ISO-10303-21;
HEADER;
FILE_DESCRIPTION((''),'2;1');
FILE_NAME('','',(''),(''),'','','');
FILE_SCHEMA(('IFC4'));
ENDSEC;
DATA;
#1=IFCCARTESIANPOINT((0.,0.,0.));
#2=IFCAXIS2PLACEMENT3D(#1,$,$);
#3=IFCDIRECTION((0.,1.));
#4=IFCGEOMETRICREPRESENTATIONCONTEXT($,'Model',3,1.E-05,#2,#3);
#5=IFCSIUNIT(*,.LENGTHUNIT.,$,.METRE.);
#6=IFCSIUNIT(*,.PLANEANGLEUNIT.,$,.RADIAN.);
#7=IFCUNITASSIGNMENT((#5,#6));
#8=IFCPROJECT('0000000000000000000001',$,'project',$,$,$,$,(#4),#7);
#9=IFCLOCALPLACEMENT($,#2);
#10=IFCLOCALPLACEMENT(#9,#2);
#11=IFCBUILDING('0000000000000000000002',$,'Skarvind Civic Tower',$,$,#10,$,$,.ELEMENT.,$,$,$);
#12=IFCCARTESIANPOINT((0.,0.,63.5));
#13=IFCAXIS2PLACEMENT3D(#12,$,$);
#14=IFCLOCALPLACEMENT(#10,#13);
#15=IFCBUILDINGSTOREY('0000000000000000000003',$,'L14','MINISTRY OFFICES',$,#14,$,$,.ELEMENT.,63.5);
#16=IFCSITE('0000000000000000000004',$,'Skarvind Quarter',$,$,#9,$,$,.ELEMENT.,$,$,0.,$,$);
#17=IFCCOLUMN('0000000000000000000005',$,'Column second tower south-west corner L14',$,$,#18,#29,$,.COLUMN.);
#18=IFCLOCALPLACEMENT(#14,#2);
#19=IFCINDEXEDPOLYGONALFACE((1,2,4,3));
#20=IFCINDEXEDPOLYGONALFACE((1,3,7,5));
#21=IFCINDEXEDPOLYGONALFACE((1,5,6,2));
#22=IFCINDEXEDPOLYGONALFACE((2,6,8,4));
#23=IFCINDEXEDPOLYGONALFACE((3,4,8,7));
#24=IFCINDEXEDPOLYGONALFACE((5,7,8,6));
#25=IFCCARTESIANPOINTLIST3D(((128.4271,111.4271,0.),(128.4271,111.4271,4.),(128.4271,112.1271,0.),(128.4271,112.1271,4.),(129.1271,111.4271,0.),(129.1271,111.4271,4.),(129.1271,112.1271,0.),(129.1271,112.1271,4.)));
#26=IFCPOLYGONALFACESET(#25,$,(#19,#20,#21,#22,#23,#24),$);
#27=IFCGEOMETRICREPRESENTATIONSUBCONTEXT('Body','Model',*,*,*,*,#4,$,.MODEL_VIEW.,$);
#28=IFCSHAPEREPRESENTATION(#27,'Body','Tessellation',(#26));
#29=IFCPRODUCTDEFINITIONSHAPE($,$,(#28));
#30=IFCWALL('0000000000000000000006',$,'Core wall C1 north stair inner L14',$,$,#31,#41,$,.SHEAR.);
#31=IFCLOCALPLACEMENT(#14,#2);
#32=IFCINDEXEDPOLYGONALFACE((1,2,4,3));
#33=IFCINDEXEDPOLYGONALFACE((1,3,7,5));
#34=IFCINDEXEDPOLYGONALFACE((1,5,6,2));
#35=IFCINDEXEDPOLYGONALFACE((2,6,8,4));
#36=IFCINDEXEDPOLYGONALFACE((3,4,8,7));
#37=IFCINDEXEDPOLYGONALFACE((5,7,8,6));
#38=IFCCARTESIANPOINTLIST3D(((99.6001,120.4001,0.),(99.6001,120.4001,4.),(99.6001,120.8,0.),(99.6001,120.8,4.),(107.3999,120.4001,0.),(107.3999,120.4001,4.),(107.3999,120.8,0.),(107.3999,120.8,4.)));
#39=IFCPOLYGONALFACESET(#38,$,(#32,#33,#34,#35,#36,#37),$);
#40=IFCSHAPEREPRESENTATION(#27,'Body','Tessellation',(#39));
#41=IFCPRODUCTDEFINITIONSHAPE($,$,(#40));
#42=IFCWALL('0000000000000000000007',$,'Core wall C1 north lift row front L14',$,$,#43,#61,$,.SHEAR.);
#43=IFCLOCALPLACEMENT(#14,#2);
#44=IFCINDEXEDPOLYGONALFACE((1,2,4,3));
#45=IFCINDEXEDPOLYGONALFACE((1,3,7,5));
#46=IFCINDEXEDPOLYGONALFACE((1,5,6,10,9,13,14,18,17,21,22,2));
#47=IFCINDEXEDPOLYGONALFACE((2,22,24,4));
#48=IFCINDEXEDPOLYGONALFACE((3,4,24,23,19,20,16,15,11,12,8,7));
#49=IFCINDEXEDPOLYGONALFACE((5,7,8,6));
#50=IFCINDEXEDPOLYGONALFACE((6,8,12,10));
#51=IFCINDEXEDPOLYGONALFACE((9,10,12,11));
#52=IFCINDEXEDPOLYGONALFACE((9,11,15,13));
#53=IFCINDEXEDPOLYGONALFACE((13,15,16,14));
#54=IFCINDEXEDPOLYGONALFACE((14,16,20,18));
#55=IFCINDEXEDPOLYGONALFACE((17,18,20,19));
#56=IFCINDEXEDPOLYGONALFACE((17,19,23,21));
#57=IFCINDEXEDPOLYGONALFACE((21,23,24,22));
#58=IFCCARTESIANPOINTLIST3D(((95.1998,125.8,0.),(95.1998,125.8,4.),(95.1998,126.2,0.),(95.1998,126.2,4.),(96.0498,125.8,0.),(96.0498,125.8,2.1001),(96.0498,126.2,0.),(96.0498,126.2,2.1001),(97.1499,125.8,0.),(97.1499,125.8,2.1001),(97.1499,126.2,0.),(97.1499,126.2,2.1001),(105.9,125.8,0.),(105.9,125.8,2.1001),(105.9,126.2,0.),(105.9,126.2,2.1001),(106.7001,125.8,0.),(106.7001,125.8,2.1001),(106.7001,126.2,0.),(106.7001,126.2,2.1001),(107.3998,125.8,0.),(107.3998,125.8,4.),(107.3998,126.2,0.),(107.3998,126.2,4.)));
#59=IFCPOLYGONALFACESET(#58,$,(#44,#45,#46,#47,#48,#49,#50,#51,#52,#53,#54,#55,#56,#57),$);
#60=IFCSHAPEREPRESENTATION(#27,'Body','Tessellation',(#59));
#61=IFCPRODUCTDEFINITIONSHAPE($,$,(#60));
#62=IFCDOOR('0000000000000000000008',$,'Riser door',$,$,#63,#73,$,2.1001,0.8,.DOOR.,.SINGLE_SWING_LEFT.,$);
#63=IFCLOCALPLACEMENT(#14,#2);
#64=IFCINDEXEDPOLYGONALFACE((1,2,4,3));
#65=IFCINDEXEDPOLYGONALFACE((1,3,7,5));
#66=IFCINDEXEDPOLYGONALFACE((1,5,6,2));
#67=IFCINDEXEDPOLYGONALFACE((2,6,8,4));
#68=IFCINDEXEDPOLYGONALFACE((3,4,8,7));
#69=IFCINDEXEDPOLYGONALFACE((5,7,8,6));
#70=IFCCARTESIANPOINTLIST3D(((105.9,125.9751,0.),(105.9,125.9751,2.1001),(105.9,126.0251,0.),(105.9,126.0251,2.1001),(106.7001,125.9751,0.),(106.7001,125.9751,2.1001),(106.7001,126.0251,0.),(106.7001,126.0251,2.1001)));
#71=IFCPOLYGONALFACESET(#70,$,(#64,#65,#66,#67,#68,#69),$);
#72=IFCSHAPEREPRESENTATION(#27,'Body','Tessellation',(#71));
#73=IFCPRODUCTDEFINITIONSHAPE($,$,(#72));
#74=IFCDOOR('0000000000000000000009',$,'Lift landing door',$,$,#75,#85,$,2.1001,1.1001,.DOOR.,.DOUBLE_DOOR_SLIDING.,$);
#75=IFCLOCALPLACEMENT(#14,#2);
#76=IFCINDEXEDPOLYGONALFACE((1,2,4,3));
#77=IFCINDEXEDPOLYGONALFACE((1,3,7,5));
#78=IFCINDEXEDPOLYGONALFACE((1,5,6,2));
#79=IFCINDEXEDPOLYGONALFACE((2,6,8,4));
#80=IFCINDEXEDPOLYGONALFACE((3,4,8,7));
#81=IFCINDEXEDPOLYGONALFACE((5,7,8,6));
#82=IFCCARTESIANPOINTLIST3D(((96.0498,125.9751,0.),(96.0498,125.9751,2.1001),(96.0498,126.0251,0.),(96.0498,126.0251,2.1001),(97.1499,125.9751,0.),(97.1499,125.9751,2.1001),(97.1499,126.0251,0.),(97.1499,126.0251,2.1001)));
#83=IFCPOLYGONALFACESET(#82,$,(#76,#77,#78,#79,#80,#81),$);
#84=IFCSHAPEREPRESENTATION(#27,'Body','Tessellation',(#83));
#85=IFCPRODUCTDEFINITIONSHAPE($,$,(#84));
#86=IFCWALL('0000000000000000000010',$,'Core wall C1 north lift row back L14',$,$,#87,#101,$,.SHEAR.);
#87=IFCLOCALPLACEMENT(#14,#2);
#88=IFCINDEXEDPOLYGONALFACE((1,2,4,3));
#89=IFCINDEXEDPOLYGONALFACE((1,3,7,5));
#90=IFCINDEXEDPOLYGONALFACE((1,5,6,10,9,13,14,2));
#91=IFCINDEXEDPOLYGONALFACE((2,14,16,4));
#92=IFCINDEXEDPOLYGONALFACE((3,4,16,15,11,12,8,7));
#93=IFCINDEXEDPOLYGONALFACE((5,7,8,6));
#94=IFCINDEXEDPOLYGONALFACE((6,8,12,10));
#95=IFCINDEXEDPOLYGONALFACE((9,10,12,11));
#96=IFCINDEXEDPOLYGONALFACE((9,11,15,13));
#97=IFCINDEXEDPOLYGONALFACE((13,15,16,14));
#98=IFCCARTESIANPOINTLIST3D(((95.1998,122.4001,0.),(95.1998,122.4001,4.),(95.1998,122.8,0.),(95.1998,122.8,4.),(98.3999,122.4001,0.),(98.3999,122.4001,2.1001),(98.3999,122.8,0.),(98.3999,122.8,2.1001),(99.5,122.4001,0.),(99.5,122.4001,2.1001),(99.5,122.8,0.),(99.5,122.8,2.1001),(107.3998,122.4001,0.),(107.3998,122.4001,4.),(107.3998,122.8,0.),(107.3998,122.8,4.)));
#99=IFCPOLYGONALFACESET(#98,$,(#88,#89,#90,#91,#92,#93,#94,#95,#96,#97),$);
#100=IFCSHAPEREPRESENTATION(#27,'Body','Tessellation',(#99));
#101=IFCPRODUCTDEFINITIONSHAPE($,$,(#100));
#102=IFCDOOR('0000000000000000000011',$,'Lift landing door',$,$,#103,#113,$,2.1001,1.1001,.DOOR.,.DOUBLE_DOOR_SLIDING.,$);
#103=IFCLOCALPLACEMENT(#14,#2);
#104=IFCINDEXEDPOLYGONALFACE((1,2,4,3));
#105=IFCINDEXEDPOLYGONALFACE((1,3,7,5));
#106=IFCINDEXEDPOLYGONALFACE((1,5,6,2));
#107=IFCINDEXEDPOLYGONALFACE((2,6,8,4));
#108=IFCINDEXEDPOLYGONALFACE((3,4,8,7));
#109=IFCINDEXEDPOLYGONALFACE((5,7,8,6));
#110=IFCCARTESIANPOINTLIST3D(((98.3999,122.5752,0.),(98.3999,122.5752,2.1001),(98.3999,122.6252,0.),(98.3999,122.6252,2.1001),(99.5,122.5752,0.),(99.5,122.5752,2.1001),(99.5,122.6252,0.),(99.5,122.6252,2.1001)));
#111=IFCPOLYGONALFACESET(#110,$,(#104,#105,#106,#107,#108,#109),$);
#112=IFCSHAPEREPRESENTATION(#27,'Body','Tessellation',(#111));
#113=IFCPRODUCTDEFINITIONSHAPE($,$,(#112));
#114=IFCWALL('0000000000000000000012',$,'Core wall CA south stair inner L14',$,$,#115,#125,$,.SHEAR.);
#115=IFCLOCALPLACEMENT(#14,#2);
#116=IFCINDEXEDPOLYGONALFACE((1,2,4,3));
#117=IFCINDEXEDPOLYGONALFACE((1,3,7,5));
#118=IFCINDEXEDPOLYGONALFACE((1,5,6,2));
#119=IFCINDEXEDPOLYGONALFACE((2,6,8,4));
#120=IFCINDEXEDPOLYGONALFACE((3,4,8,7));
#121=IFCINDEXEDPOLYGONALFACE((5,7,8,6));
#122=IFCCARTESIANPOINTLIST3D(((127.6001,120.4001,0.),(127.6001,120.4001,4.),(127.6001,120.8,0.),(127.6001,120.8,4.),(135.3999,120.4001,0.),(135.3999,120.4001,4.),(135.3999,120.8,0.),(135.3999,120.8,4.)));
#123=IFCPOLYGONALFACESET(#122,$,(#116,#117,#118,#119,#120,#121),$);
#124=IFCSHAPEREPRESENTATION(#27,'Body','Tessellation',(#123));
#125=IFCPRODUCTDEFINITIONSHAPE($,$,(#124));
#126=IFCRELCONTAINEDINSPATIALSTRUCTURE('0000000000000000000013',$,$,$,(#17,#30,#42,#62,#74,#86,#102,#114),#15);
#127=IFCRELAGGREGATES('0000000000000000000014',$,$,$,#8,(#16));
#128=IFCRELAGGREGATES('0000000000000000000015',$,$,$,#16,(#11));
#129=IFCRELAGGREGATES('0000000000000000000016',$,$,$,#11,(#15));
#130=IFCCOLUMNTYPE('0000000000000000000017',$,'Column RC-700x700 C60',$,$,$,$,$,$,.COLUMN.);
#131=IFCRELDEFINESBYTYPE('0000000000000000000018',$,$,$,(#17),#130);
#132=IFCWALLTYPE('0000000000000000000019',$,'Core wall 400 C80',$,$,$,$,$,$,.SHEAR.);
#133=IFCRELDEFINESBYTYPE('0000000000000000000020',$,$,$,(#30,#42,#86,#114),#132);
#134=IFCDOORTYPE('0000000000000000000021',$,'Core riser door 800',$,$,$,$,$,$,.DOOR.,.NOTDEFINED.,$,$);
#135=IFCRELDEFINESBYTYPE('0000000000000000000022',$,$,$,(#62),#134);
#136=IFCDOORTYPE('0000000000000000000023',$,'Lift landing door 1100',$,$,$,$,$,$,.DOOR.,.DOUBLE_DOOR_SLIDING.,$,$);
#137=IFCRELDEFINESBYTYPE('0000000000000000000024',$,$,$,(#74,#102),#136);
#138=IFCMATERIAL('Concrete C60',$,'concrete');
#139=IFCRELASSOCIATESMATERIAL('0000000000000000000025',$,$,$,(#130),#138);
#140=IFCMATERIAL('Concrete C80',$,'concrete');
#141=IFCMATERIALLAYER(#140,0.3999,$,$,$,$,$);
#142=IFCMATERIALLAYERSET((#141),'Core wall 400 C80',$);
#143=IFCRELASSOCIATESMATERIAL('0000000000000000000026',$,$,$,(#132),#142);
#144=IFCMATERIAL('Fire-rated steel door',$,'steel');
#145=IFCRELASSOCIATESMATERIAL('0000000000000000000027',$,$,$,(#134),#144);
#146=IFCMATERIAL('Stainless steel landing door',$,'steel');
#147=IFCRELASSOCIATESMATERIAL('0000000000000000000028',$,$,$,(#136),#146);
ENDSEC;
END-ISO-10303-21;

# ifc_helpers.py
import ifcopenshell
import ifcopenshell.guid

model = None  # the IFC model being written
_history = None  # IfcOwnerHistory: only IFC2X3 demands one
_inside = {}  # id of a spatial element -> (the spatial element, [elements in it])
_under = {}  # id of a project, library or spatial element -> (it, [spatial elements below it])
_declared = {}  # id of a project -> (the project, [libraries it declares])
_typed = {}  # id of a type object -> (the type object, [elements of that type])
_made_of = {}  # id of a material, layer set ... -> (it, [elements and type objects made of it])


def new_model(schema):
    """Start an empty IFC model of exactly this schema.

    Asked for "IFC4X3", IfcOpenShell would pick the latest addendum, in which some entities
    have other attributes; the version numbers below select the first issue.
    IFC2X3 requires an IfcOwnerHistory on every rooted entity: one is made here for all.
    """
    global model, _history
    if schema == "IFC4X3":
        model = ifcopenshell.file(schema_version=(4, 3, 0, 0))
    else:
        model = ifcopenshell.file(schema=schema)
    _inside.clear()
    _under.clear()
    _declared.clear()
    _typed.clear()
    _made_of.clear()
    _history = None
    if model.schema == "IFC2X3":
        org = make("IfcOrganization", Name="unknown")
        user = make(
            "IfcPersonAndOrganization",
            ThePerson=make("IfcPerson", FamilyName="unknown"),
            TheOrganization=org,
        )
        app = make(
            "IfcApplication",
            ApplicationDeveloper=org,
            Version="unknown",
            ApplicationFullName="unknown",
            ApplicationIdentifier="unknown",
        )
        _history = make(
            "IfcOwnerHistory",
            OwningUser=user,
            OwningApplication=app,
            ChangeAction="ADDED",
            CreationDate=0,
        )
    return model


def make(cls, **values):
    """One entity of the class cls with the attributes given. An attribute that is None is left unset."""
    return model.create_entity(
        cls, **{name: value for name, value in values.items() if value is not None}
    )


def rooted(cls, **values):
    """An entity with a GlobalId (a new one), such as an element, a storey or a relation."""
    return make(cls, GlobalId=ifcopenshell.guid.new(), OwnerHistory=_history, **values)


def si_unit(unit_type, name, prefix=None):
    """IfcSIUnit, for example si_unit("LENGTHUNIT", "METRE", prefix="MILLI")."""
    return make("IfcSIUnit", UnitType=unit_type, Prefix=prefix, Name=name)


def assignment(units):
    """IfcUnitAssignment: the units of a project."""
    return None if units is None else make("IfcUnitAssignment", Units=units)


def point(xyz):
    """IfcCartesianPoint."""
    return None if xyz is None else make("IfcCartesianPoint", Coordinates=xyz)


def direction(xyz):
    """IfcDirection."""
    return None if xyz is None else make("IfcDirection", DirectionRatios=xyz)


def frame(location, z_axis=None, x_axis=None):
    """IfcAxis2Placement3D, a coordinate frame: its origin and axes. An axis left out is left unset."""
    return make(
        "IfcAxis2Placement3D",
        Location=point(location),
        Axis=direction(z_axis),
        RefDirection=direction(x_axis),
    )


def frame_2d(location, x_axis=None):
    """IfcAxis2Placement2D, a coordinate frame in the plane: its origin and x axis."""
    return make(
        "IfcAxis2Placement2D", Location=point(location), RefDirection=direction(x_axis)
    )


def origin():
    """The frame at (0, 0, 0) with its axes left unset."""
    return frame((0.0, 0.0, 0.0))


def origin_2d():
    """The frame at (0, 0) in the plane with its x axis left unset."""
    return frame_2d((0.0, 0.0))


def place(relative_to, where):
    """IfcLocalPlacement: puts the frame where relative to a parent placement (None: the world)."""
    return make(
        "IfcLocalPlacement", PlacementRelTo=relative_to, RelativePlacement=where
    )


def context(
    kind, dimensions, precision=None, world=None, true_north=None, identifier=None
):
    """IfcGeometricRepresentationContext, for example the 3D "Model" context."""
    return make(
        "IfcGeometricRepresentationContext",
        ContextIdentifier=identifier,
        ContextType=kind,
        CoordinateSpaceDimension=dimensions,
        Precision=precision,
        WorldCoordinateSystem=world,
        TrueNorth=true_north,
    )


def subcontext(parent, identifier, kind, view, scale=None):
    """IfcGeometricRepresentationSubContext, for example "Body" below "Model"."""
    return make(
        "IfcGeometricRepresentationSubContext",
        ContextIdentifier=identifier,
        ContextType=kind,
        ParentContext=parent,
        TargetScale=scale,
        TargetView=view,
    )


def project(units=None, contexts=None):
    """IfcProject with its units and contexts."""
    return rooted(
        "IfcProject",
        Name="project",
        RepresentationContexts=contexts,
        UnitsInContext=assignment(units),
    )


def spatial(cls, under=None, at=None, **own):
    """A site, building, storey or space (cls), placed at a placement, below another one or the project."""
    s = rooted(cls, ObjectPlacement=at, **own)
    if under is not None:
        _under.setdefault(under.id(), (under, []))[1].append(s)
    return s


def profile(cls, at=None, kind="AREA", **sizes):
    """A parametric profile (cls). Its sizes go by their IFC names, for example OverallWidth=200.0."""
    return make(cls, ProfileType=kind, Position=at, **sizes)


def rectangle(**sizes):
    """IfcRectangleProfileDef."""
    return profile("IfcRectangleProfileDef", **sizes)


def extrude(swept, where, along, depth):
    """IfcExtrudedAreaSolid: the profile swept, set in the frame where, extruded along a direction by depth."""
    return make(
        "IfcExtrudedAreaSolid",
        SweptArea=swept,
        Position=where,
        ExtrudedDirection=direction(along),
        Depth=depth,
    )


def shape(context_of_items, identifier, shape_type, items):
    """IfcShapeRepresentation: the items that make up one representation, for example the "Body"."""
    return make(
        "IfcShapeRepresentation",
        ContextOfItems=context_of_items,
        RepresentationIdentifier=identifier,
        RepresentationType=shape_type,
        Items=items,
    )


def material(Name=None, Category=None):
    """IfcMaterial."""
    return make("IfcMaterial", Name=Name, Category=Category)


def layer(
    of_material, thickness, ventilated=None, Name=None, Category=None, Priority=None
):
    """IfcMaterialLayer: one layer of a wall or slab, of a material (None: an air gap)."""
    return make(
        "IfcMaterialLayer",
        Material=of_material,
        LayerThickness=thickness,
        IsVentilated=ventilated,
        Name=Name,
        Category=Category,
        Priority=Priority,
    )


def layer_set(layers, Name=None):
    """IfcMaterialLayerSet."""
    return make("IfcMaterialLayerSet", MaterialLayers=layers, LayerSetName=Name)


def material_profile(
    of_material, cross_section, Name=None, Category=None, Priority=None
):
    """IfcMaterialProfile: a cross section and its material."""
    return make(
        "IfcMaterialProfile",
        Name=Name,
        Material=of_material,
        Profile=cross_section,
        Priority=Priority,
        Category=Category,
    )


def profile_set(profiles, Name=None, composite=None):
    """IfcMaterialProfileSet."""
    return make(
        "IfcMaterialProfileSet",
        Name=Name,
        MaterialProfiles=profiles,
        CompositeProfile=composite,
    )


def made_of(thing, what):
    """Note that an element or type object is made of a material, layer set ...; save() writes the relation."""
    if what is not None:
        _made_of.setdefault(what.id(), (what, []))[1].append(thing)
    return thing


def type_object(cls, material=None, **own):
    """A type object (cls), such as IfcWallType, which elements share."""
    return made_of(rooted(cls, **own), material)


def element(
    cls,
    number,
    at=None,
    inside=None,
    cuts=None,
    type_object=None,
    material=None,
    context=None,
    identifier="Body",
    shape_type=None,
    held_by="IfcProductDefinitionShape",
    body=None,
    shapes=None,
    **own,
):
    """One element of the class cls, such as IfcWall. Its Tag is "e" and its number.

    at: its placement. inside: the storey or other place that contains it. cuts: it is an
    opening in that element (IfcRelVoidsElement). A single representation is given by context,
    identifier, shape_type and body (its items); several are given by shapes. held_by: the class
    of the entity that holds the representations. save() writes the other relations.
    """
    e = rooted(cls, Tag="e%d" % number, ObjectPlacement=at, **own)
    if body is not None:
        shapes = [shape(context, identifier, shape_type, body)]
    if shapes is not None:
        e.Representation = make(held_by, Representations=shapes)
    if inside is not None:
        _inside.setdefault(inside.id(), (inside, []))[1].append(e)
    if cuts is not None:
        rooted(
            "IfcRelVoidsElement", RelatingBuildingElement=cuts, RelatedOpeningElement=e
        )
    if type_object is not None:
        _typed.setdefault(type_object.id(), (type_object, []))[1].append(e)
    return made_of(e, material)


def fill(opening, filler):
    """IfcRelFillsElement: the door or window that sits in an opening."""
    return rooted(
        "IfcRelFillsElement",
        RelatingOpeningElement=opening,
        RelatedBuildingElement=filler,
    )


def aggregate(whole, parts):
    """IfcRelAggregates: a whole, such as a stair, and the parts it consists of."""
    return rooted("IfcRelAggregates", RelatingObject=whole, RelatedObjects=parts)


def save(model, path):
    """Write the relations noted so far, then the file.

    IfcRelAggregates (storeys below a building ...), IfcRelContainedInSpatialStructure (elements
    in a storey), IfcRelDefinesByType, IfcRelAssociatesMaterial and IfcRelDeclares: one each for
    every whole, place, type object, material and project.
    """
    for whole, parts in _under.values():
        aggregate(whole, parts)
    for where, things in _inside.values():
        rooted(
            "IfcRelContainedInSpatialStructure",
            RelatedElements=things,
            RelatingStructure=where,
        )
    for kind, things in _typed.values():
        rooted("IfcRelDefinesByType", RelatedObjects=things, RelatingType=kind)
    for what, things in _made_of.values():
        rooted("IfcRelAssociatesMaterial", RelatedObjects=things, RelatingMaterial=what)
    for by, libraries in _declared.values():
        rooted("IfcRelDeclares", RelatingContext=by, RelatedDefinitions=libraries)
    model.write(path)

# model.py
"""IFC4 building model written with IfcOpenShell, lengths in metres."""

from ifc_helpers import new_model, si_unit, direction, frame, frame_2d, origin, origin_2d, place, context, subcontext, project, spatial, rectangle, extrude, material, layer, layer_set, material_profile, profile_set, type_object, element, fill, save


model = new_model("IFC4")

# Units and contexts
model_context = context("Model", 3, precision=1e-05, world=origin(), true_north=direction((0.0, 1.0)))
body_context = subcontext(model_context, "Body", "Model", "MODEL_VIEW")
ifc_project = project(units=[si_unit("LENGTHUNIT", "METRE"), si_unit("PLANEANGLEUNIT", "RADIAN")], contexts=[model_context])

# Site, building, storey
site_placement = place(None, origin())
site = spatial("IfcSite", under=ifc_project, at=site_placement, Name="Skarvind Quarter", CompositionType="ELEMENT", RefElevation=0.0)
building_placement = place(site_placement, origin())
building = spatial("IfcBuilding", under=site, at=building_placement, Name="Skarvind Civic Tower", CompositionType="ELEMENT")
storey_placement = place(building_placement, frame((0.0, 0.0, 63.5)))
storey = spatial("IfcBuildingStorey", under=building, at=storey_placement, Name="L14", Description="MINISTRY OFFICES", CompositionType="ELEMENT", Elevation=63.5)

# Column
ifc_material_1 = material(Name="Concrete C60", Category="concrete")
ifc_material_profile = material_profile(ifc_material_1, rectangle(XDim=0.7, YDim=0.7, at=origin_2d()), Name="RC-700x700")
ifc_profile_set = profile_set([ifc_material_profile], Name="Concrete C60")
column_type = type_object("IfcColumnType", Name="Column RC-700x700 C60", PredefinedType="COLUMN", material=ifc_profile_set)
column_placement = place(storey_placement, frame((128.7771, 111.7771, 0.0), z_axis=(0.0, 0.0, 1.0), x_axis=(1.0, 0.0, 0.0)))
element("IfcColumn", 1, at=column_placement, inside=storey, type_object=column_type, Name="Column second tower south-west corner L14", PredefinedType="COLUMN", context=body_context, shape_type="SweptSolid", body=[
    extrude(rectangle(XDim=0.7, YDim=0.7, at=origin_2d()), origin(), (0.0, 0.0, 1.0), 4.0),
])

# Wall
ifc_material_2 = material(Name="Concrete C80", Category="concrete")
ifc_layer_1 = layer(ifc_material_2, 0.3999)
ifc_layer_set_1 = layer_set([ifc_layer_1], Name="Core wall 400 C80")
wall_type_1 = type_object("IfcWallType", Name="Core wall 400 C80", PredefinedType="SHEAR", material=ifc_layer_set_1)
wall_1_placement = place(storey_placement, frame((107.3999, 120.6001, 0.0), z_axis=(0.0, 0.0, 1.0), x_axis=(-1.0, 0.0, 0.0)))
element("IfcWall", 2, at=wall_1_placement, inside=storey, type_object=wall_type_1, Name="Core wall C1 north stair inner L14", PredefinedType="SHEAR", context=body_context, shape_type="SweptSolid", body=[
    extrude(rectangle(XDim=7.7998, YDim=0.3999, at=frame_2d((3.8999, 0.0))), origin(), (0.0, 0.0, 1.0), 4.0),
])

# Wall, openings, doors
wall_2_placement = place(storey_placement, frame((107.3999, 126.0, 0.0), z_axis=(0.0, 0.0, 1.0), x_axis=(-1.0, 0.0, 0.0)))
wall_2 = element("IfcWall", 3, at=wall_2_placement, inside=storey, type_object=wall_type_1, Name="Core wall C1 north lift row front L14", PredefinedType="SHEAR", context=body_context, shape_type="SweptSolid", body=[
    extrude(rectangle(XDim=12.2, YDim=0.3999, at=frame_2d((6.1001, 0.0))), origin(), (0.0, 0.0, 1.0), 4.0),
])
opening_1_placement = place(wall_2_placement, frame((10.25, 0.0, 0.0)))
opening_1 = element("IfcOpeningElement", 4, at=opening_1_placement, cuts=wall_2, PredefinedType="OPENING", context=body_context, shape_type="SweptSolid", body=[
    extrude(rectangle(XDim=1.1001, YDim=2.1001, at=frame_2d((0.55, 1.05))), frame((0.0, 0.21, 0.0), z_axis=(0.0, -1.0, 0.0), x_axis=(1.0, 0.0, 0.0)), (0.0, 0.0, 1.0), 0.4199),
])
opening_2_placement = place(wall_2_placement, frame((0.7, 0.0, 0.0)))
opening_2 = element("IfcOpeningElement", 5, at=opening_2_placement, cuts=wall_2, PredefinedType="OPENING", context=body_context, shape_type="SweptSolid", body=[
    extrude(rectangle(XDim=0.8, YDim=2.1001, at=frame_2d((0.3999, 1.05))), frame((0.0, 0.21, 0.0), z_axis=(0.0, -1.0, 0.0), x_axis=(1.0, 0.0, 0.0)), (0.0, 0.0, 1.0), 0.4199),
])
ifc_material_3 = material(Name="Fire-rated steel door", Category="steel")
door_type_1 = type_object("IfcDoorType", Name="Core riser door 800", OperationType="NOTDEFINED", PredefinedType="DOOR", material=ifc_material_3)
door_1_placement = place(opening_2_placement, origin())
door_1 = element("IfcDoor", 6, at=door_1_placement, inside=storey, type_object=door_type_1, Name="Riser door", OperationType="SINGLE_SWING_LEFT", OverallHeight=2.1001, OverallWidth=0.8, PredefinedType="DOOR", context=body_context, shape_type="SweptSolid", body=[
    extrude(rectangle(XDim=0.8, YDim=2.1001, at=frame_2d((0.3999, 1.05))), frame((0.0, 0.0249, 0.0), z_axis=(0.0, -1.0, 0.0), x_axis=(1.0, 0.0, 0.0)), (0.0, 0.0, 1.0), 0.05),
])
fill(opening_2, door_1)
ifc_material_4 = material(Name="Stainless steel landing door", Category="steel")
door_type_2 = type_object("IfcDoorType", Name="Lift landing door 1100", OperationType="DOUBLE_DOOR_SLIDING", PredefinedType="DOOR", material=ifc_material_4)
door_2_placement = place(opening_1_placement, origin())
door_2 = element("IfcDoor", 7, at=door_2_placement, inside=storey, type_object=door_type_2, Name="Lift landing door", OperationType="DOUBLE_DOOR_SLIDING", OverallHeight=2.1001, OverallWidth=1.1001, PredefinedType="DOOR", context=body_context, shape_type="SweptSolid", body=[
    extrude(rectangle(XDim=1.1001, YDim=2.1001, at=frame_2d((0.55, 1.05))), frame((0.0, 0.0249, 0.0), z_axis=(0.0, -1.0, 0.0), x_axis=(1.0, 0.0, 0.0)), (0.0, 0.0, 1.0), 0.05),
])
fill(opening_1, door_2)

# Wall, opening, door
wall_3_placement = place(storey_placement, frame((107.3999, 122.6001, 0.0), z_axis=(0.0, 0.0, 1.0), x_axis=(-1.0, 0.0, 0.0)))
wall_3 = element("IfcWall", 8, at=wall_3_placement, inside=storey, type_object=wall_type_1, Name="Core wall C1 north lift row back L14", PredefinedType="SHEAR", context=body_context, shape_type="SweptSolid", body=[
    extrude(rectangle(XDim=12.2, YDim=0.3999, at=frame_2d((6.1001, 0.0))), origin(), (0.0, 0.0, 1.0), 4.0),
])
opening_3_placement = place(wall_3_placement, frame((7.8999, 0.0, 0.0)))
opening_3 = element("IfcOpeningElement", 9, at=opening_3_placement, cuts=wall_3, PredefinedType="OPENING", context=body_context, shape_type="SweptSolid", body=[
    extrude(rectangle(XDim=1.1001, YDim=2.1001, at=frame_2d((0.55, 1.05))), frame((0.0, 0.21, 0.0), z_axis=(0.0, -1.0, 0.0), x_axis=(1.0, 0.0, 0.0)), (0.0, 0.0, 1.0), 0.4199),
])
door_3_placement = place(opening_3_placement, origin())
door_3 = element("IfcDoor", 10, at=door_3_placement, inside=storey, type_object=door_type_2, Name="Lift landing door", OperationType="DOUBLE_DOOR_SLIDING", OverallHeight=2.1001, OverallWidth=1.1001, PredefinedType="DOOR", context=body_context, shape_type="SweptSolid", body=[
    extrude(rectangle(XDim=1.1001, YDim=2.1001, at=frame_2d((0.55, 1.05))), frame((0.0, 0.0249, 0.0), z_axis=(0.0, -1.0, 0.0), x_axis=(1.0, 0.0, 0.0)), (0.0, 0.0, 1.0), 0.05),
])
fill(opening_3, door_3)

# Wall
wall_4_placement = place(storey_placement, frame((127.6001, 120.6001, 0.0), z_axis=(0.0, 0.0, 1.0), x_axis=(1.0, 0.0, 0.0)))
element("IfcWall", 11, at=wall_4_placement, inside=storey, type_object=wall_type_1, Name="Core wall CA south stair inner L14", PredefinedType="SHEAR", context=body_context, shape_type="SweptSolid", body=[
    extrude(rectangle(XDim=7.7998, YDim=0.3999, at=frame_2d((3.8999, 0.0))), origin(), (0.0, 0.0, 1.0), 4.0),
])

save(model, "model.ifc")
